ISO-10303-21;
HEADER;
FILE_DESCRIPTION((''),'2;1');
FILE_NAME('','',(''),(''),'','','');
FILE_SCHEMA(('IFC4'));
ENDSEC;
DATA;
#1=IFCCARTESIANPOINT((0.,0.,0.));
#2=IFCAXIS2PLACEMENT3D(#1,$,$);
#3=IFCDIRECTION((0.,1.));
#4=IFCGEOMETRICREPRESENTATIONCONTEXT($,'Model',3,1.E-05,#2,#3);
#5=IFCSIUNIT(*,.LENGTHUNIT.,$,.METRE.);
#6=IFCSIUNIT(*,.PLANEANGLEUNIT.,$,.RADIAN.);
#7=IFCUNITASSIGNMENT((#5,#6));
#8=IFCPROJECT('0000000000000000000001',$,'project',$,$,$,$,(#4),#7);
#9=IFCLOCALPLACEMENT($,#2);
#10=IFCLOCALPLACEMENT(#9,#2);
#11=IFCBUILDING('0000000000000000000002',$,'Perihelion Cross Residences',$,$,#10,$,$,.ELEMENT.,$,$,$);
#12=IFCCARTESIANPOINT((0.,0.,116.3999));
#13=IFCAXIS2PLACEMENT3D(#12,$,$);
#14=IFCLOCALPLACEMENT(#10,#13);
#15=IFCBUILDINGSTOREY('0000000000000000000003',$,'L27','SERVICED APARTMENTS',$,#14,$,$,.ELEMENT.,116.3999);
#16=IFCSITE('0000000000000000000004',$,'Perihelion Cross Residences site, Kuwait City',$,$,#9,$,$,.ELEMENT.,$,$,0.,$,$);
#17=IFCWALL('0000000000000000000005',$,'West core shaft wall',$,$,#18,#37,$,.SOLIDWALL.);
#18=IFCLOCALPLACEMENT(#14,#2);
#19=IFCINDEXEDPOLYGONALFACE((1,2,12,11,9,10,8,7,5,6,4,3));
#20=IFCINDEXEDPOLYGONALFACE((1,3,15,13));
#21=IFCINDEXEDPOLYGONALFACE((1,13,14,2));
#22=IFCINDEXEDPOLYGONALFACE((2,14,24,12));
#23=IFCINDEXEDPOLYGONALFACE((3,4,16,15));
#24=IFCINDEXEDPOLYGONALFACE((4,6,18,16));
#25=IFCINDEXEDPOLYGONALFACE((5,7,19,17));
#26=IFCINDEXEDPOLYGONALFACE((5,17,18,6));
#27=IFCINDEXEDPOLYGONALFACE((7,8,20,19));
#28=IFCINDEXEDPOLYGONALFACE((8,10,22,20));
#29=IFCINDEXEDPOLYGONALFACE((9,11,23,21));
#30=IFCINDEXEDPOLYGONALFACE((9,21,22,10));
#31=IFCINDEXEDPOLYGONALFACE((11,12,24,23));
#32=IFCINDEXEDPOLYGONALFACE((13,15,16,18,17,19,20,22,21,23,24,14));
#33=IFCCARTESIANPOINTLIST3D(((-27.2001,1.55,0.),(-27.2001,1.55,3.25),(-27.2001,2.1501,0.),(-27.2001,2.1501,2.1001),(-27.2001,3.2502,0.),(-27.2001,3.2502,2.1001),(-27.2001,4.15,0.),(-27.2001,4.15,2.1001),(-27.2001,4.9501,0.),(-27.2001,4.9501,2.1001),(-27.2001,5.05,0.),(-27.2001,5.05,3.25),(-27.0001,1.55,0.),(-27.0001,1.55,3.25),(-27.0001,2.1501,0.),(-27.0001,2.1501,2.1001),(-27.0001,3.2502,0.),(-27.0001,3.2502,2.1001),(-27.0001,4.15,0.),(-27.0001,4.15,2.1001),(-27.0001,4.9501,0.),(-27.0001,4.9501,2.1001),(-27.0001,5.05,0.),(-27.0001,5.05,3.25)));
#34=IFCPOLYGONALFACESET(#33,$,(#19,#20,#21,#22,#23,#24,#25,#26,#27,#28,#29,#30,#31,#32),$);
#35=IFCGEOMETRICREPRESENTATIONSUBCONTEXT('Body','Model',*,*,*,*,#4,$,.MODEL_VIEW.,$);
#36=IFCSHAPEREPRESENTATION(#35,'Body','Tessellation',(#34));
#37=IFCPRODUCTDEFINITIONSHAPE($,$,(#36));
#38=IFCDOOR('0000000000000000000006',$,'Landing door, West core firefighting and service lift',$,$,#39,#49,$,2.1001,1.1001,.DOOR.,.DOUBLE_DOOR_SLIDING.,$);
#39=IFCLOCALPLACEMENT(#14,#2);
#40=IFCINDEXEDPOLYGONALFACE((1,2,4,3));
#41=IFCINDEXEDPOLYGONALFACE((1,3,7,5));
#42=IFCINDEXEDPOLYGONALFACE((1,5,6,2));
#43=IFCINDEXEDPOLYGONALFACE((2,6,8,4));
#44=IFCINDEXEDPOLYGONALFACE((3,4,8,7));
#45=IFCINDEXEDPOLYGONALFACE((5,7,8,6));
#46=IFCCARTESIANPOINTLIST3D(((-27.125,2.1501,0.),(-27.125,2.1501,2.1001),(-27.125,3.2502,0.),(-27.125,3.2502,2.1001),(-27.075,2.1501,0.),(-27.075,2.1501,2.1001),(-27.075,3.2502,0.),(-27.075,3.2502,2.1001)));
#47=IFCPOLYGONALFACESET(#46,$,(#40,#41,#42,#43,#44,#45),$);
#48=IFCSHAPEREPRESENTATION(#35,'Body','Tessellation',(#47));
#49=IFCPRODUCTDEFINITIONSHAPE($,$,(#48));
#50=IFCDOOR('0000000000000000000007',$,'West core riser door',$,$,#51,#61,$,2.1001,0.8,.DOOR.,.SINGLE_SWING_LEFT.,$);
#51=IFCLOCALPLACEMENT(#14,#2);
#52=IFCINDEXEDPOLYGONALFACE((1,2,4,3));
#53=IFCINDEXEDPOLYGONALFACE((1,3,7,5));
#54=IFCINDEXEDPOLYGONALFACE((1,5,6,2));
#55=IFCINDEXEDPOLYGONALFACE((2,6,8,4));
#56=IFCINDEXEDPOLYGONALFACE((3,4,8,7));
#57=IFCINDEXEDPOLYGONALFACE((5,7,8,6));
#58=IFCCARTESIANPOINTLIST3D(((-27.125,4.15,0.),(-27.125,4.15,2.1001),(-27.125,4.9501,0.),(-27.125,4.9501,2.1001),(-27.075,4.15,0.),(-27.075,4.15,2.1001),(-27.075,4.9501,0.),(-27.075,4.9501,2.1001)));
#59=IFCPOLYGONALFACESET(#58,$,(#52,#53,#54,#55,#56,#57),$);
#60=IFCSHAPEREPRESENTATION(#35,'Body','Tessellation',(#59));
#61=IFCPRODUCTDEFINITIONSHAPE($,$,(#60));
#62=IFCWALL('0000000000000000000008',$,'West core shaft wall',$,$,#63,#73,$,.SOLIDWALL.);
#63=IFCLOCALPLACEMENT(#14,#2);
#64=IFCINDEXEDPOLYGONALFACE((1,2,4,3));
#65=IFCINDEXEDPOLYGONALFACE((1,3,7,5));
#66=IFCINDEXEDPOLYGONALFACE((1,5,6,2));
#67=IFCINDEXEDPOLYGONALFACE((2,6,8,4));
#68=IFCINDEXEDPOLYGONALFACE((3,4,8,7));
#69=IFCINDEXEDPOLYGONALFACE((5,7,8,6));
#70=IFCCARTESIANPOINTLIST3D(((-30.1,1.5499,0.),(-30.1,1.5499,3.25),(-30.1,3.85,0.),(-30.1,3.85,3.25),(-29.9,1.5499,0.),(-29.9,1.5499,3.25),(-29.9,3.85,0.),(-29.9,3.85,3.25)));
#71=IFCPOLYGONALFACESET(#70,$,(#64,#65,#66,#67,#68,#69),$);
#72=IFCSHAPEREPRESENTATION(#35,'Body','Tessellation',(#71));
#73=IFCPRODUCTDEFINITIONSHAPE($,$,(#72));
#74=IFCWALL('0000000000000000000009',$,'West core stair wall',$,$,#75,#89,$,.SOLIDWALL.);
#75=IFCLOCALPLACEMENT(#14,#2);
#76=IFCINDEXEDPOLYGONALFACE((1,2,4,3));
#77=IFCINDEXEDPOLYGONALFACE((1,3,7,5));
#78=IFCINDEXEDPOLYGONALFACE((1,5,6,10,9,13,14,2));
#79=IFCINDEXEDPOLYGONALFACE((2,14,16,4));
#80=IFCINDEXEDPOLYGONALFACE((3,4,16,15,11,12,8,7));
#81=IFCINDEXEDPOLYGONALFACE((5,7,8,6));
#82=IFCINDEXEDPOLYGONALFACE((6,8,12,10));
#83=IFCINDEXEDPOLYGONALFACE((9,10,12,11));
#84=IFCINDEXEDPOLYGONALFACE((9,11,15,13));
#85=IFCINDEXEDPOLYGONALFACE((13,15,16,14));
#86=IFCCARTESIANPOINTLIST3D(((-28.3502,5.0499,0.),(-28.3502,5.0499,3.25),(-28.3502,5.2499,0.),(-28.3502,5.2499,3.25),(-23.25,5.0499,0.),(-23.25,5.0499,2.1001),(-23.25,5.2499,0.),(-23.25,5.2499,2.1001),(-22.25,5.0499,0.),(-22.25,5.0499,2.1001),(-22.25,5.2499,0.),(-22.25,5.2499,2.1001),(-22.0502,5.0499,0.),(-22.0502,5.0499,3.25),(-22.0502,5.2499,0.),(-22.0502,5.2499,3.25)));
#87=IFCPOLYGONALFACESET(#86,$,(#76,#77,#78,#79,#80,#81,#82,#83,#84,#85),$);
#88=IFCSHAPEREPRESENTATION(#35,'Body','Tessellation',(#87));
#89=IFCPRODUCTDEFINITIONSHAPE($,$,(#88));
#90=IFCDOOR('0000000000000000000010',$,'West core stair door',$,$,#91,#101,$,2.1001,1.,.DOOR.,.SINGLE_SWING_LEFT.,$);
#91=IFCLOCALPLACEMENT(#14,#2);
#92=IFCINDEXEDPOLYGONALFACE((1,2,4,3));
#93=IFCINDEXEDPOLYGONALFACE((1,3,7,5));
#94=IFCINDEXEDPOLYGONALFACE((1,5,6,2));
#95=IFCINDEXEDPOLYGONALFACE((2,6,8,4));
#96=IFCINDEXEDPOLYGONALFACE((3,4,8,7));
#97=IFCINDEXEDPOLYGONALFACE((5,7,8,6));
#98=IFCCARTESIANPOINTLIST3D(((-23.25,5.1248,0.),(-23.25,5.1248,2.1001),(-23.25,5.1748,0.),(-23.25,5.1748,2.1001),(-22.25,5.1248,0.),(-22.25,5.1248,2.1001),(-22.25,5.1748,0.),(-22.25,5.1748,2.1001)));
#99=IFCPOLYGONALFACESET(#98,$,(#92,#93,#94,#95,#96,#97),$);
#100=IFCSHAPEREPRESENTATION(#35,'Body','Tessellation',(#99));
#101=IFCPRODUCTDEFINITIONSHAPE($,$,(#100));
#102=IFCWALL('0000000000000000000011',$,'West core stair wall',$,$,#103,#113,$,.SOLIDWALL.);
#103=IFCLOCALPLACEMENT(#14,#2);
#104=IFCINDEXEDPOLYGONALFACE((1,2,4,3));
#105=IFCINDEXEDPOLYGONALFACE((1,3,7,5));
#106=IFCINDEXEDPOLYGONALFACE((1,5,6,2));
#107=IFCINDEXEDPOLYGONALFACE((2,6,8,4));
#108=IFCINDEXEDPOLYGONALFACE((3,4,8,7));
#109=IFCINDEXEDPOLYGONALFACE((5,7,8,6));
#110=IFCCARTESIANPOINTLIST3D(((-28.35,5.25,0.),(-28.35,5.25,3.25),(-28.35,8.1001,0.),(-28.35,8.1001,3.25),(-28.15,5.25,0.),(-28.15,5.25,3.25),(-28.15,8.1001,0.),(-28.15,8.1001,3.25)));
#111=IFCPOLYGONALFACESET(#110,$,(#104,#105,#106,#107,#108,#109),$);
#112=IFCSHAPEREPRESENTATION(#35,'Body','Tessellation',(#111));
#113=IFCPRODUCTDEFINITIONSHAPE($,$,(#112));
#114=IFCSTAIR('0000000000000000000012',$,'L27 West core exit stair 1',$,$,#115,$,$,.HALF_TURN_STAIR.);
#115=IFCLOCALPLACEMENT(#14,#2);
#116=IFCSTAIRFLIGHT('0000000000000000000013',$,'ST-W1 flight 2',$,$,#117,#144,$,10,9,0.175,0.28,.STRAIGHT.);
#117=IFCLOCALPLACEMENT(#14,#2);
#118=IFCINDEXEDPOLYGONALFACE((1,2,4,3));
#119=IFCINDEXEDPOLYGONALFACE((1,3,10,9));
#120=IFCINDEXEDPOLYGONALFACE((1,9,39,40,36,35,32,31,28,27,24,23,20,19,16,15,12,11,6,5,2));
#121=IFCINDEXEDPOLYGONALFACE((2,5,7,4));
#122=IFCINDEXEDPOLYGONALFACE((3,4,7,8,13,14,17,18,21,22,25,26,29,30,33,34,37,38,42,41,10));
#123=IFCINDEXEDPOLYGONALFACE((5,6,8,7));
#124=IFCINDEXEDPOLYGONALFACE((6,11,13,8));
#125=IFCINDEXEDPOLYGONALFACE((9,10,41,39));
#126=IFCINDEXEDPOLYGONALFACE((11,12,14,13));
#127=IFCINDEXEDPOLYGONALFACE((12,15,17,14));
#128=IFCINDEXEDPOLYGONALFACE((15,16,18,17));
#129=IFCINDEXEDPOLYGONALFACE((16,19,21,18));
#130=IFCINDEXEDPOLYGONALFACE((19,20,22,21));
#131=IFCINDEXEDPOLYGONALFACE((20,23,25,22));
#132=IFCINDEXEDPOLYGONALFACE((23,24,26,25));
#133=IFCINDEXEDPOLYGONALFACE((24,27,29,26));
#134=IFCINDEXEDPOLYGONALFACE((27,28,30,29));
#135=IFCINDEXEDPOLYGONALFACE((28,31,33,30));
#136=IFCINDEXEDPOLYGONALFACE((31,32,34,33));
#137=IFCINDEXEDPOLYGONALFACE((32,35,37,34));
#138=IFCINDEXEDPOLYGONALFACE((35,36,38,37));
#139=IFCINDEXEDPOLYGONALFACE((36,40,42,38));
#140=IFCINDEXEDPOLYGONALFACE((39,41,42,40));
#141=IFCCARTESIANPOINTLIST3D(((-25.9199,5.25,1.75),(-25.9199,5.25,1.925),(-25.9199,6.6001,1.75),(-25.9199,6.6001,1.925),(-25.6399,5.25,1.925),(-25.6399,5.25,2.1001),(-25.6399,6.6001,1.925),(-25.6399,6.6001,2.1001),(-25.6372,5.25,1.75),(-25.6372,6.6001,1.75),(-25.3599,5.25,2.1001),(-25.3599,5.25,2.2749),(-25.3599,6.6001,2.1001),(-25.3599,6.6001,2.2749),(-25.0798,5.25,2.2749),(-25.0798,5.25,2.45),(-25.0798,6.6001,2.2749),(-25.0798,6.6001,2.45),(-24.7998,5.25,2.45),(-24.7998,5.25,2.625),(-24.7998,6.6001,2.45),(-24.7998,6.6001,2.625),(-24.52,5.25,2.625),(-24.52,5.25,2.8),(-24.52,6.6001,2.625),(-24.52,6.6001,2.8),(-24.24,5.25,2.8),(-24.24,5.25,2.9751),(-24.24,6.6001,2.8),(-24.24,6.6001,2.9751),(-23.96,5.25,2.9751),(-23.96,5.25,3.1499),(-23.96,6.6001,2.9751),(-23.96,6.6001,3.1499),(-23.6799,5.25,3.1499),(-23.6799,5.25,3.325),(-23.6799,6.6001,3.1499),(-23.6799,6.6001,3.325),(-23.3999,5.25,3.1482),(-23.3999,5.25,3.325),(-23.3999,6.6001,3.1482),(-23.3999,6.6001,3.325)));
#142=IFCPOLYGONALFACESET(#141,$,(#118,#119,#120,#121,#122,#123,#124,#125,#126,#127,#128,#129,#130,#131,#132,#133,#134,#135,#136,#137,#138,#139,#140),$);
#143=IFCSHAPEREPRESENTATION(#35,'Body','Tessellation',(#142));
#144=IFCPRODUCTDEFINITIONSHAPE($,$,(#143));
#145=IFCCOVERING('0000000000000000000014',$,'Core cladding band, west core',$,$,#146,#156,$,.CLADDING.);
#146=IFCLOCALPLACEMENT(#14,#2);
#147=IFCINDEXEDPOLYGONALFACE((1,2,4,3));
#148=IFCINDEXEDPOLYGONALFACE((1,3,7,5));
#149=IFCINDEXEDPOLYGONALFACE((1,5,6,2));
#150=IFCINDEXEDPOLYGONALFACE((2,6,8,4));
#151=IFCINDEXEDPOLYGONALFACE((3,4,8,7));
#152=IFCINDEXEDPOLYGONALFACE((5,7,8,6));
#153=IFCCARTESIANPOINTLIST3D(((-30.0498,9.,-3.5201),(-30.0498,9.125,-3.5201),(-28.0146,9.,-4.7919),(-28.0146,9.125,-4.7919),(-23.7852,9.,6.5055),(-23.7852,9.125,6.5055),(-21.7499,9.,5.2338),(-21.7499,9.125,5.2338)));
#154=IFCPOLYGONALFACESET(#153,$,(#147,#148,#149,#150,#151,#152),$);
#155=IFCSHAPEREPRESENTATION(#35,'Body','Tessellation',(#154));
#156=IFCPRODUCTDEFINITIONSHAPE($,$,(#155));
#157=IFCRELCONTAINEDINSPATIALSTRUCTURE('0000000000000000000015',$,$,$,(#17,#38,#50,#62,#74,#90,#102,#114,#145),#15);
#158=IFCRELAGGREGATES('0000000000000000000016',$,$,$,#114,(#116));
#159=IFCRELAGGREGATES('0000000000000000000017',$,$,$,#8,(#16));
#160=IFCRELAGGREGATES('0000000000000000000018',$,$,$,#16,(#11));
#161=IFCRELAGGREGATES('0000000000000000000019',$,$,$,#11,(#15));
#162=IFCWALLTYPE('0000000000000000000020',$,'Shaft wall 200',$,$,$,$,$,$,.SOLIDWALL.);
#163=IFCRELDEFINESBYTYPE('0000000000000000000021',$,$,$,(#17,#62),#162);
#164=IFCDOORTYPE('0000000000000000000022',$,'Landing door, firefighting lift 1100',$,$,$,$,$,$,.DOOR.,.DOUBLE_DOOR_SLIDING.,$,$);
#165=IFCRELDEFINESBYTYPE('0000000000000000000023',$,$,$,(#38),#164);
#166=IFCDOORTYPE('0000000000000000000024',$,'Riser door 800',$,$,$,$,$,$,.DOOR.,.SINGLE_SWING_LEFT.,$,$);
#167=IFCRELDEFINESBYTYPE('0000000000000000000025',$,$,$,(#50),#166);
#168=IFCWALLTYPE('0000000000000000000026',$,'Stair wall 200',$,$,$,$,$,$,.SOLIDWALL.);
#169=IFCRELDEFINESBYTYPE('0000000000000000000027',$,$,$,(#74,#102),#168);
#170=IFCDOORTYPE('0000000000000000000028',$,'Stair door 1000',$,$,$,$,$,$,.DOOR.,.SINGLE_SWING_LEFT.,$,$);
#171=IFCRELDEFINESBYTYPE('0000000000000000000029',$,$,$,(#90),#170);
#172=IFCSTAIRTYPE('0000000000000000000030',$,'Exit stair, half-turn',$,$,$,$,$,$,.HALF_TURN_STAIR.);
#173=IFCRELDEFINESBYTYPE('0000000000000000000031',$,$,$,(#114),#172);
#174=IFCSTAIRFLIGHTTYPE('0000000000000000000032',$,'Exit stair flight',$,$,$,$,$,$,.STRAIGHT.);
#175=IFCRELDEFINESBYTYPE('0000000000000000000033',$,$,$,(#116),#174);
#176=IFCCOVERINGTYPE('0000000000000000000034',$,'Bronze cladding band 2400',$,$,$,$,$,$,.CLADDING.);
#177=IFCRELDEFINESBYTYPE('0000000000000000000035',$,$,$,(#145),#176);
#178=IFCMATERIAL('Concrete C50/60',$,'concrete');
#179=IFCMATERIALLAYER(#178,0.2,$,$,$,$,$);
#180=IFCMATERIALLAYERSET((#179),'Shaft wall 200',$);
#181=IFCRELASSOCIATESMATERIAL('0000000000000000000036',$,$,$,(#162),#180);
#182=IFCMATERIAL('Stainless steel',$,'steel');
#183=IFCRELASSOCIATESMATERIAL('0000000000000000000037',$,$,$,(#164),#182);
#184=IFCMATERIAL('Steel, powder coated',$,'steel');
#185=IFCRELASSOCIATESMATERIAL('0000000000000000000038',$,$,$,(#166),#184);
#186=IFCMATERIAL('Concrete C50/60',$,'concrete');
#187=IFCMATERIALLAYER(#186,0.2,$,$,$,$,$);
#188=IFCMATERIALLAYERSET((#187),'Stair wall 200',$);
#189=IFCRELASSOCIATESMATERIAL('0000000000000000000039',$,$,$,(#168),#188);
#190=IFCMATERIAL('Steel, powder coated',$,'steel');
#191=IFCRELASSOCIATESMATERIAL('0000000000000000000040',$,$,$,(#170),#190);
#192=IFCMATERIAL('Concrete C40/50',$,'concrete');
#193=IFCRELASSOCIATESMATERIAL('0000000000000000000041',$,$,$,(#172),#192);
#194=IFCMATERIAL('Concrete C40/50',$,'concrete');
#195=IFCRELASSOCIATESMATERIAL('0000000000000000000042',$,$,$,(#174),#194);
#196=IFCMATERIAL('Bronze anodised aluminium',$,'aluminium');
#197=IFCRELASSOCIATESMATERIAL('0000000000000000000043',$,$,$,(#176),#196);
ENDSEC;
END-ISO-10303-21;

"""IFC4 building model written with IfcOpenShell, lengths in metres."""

from ifc_helpers import new_model, si_unit, direction, frame, frame_2d, origin, origin_2d, place, context, subcontext, project, spatial, polyline, rectangle, outline, extrude, material, layer, layer_set, material_profile, profile_set, type_object, element, fill, aggregate, save


model = new_model("IFC4")

# Units and contexts
model_context = context("Model", 3, precision=1e-05, world=origin(), true_north=direction((0.0, 1.0)))
body_context = subcontext(model_context, "Body", "Model", "MODEL_VIEW")
ifc_project = project(units=[si_unit("LENGTHUNIT", "METRE"), si_unit("PLANEANGLEUNIT", "RADIAN")], contexts=[model_context])

# Site, building, storey
site_placement = place(None, origin())
site = spatial("IfcSite", under=ifc_project, at=site_placement, Name="Perihelion Cross Residences site, Kuwait City", CompositionType="ELEMENT", RefElevation=0.0)
building_placement = place(site_placement, origin())
building = spatial("IfcBuilding", under=site, at=building_placement, Name="Perihelion Cross Residences", CompositionType="ELEMENT")
storey_placement = place(building_placement, frame((0.0, 0.0, 116.3999)))
storey = spatial("IfcBuildingStorey", under=building, at=storey_placement, Name="L27", Description="SERVICED APARTMENTS", CompositionType="ELEMENT", Elevation=116.3999)

# Shared definitions
ifc_material_1 = material(Name="Concrete C50/60", Category="concrete")
ifc_layer_1 = layer(ifc_material_1, 0.2)
ifc_layer_set_1 = layer_set([ifc_layer_1], Name="Shaft wall 200")
wall_type_1 = type_object("IfcWallType", Name="Shaft wall 200", PredefinedType="SOLIDWALL", material=ifc_layer_set_1)

# Wall, openings, doors
wall_1_placement = place(storey_placement, frame((-27.1001, 1.55, 0.0), z_axis=(0.0, 0.0, 1.0), x_axis=(0.0, 1.0, 0.0)))
wall_1 = element("IfcWall", 1, at=wall_1_placement, inside=storey, type_object=wall_type_1, Name="West core shaft wall", PredefinedType="SOLIDWALL", context=body_context, shape_type="SweptSolid", body=[
    extrude(rectangle(XDim=3.5, YDim=0.2, at=frame_2d((1.75, 0.0))), origin(), (0.0, 0.0, 1.0), 3.25),
])
opening_1_placement = place(wall_1_placement, frame((0.6001, 0.0, 0.0)))
opening_1 = element("IfcOpeningElement", 2, at=opening_1_placement, cuts=wall_1, PredefinedType="OPENING", context=body_context, shape_type="SweptSolid", body=[
    extrude(rectangle(XDim=1.1001, YDim=2.1001, at=frame_2d((0.55, 1.05))), frame((0.0, 0.1099, 0.0), z_axis=(0.0, -1.0, 0.0), x_axis=(1.0, 0.0, 0.0)), (0.0, 0.0, 1.0), 0.22),
])
opening_2_placement = place(wall_1_placement, frame((2.6001, 0.0, 0.0)))
opening_2 = element("IfcOpeningElement", 3, at=opening_2_placement, cuts=wall_1, PredefinedType="OPENING", context=body_context, shape_type="SweptSolid", body=[
    extrude(rectangle(XDim=0.8, YDim=2.1001, at=frame_2d((0.3999, 1.05))), frame((0.0, 0.1099, 0.0), z_axis=(0.0, -1.0, 0.0), x_axis=(1.0, 0.0, 0.0)), (0.0, 0.0, 1.0), 0.22),
])
ifc_material_2 = material(Name="Stainless steel", Category="steel")
door_type_1 = type_object("IfcDoorType", Name="Landing door, firefighting lift 1100", OperationType="DOUBLE_DOOR_SLIDING", PredefinedType="DOOR", material=ifc_material_2)
door_1_placement = place(opening_1_placement, origin())
door_1 = element("IfcDoor", 4, at=door_1_placement, inside=storey, type_object=door_type_1, Name="Landing door, West core firefighting and service lift", OperationType="DOUBLE_DOOR_SLIDING", OverallHeight=2.1001, OverallWidth=1.1001, PredefinedType="DOOR", context=body_context, shape_type="SweptSolid", body=[
    extrude(rectangle(XDim=1.1001, YDim=2.1001, at=frame_2d((0.55, 1.05))), frame((0.0, 0.0249, 0.0), z_axis=(0.0, -1.0, 0.0), x_axis=(1.0, 0.0, 0.0)), (0.0, 0.0, 1.0), 0.05),
])
fill(opening_1, door_1)
ifc_material_3 = material(Name="Steel, powder coated", Category="steel")
door_type_2 = type_object("IfcDoorType", Name="Riser door 800", OperationType="SINGLE_SWING_LEFT", PredefinedType="DOOR", material=ifc_material_3)
door_2_placement = place(opening_2_placement, origin())
door_2 = element("IfcDoor", 5, at=door_2_placement, inside=storey, type_object=door_type_2, Name="West core riser door", OperationType="SINGLE_SWING_LEFT", OverallHeight=2.1001, OverallWidth=0.8, PredefinedType="DOOR", context=body_context, shape_type="SweptSolid", body=[
    extrude(rectangle(XDim=0.8, YDim=2.1001, at=frame_2d((0.3999, 1.05))), frame((0.0, 0.0249, 0.0), z_axis=(0.0, -1.0, 0.0), x_axis=(1.0, 0.0, 0.0)), (0.0, 0.0, 1.0), 0.05),
])
fill(opening_2, door_2)

# Wall
wall_2_placement = place(storey_placement, frame((-30.0, 1.55, 0.0), z_axis=(0.0, 0.0, 1.0), x_axis=(0.0, 1.0, 0.0)))
element("IfcWall", 6, at=wall_2_placement, inside=storey, type_object=wall_type_1, Name="West core shaft wall", PredefinedType="SOLIDWALL", context=body_context, shape_type="SweptSolid", body=[
    extrude(rectangle(XDim=2.3, YDim=0.2, at=frame_2d((1.1499, 0.0))), origin(), (0.0, 0.0, 1.0), 3.25),
])

# Wall, opening, door
ifc_material_4 = material(Name="Concrete C50/60", Category="concrete")
ifc_layer_2 = layer(ifc_material_4, 0.2)
ifc_layer_set_2 = layer_set([ifc_layer_2], Name="Stair wall 200")
wall_type_2 = type_object("IfcWallType", Name="Stair wall 200", PredefinedType="SOLIDWALL", material=ifc_layer_set_2)
wall_3_placement = place(storey_placement, frame((-28.3501, 5.1499, 0.0), z_axis=(0.0, 0.0, 1.0), x_axis=(1.0, 0.0, 0.0)))
wall_3 = element("IfcWall", 7, at=wall_3_placement, inside=storey, type_object=wall_type_2, Name="West core stair wall", PredefinedType="SOLIDWALL", context=body_context, shape_type="SweptSolid", body=[
    extrude(rectangle(XDim=6.3, YDim=0.2, at=frame_2d((3.1499, 0.0))), origin(), (0.0, 0.0, 1.0), 3.25),
])
opening_3_placement = place(wall_3_placement, frame((5.1001, 0.0, 0.0)))
opening_3 = element("IfcOpeningElement", 8, at=opening_3_placement, cuts=wall_3, PredefinedType="OPENING", context=body_context, shape_type="SweptSolid", body=[
    extrude(rectangle(XDim=1.0, YDim=2.1001, at=frame_2d((0.5, 1.05))), frame((0.0, 0.1099, 0.0), z_axis=(0.0, -1.0, 0.0), x_axis=(1.0, 0.0, 0.0)), (0.0, 0.0, 1.0), 0.22),
])
ifc_material_5 = material(Name="Steel, powder coated", Category="steel")
door_type_3 = type_object("IfcDoorType", Name="Stair door 1000", OperationType="SINGLE_SWING_LEFT", PredefinedType="DOOR", material=ifc_material_5)
door_3_placement = place(opening_3_placement, origin())
door_3 = element("IfcDoor", 9, at=door_3_placement, inside=storey, type_object=door_type_3, Name="West core stair door", OperationType="SINGLE_SWING_LEFT", OverallHeight=2.1001, OverallWidth=1.0, PredefinedType="DOOR", context=body_context, shape_type="SweptSolid", body=[
    extrude(rectangle(XDim=1.0, YDim=2.1001, at=frame_2d((0.5, 1.05))), frame((0.0, 0.0249, 0.0), z_axis=(0.0, -1.0, 0.0), x_axis=(1.0, 0.0, 0.0)), (0.0, 0.0, 1.0), 0.05),
])
fill(opening_3, door_3)

# Wall
wall_4_placement = place(storey_placement, frame((-28.25, 5.25, 0.0), z_axis=(0.0, 0.0, 1.0), x_axis=(0.0, 1.0, 0.0)))
element("IfcWall", 10, at=wall_4_placement, inside=storey, type_object=wall_type_2, Name="West core stair wall", PredefinedType="SOLIDWALL", context=body_context, shape_type="SweptSolid", body=[
    extrude(rectangle(XDim=2.8501, YDim=0.2, at=frame_2d((1.425, 0.0))), origin(), (0.0, 0.0, 1.0), 3.25),
])

# Stair, stair flight
ifc_material_6 = material(Name="Concrete C40/50", Category="concrete")
stair_type = type_object("IfcStairType", Name="Exit stair, half-turn", PredefinedType="HALF_TURN_STAIR", material=ifc_material_6)
stair_placement = place(storey_placement, origin())
stair = element("IfcStair", 11, at=stair_placement, inside=storey, type_object=stair_type, Name="L27 West core exit stair 1", PredefinedType="HALF_TURN_STAIR")
ifc_material_7 = material(Name="Concrete C40/50", Category="concrete")
stair_flight_type = type_object("IfcStairFlightType", Name="Exit stair flight", PredefinedType="STRAIGHT", material=ifc_material_7)
stair_flight_placement = place(storey_placement, frame((-25.9199, 5.925, 1.75), z_axis=(0.0, 0.0, 1.0), x_axis=(1.0, 0.0, 0.0)))
stair_flight = element("IfcStairFlight", 12, at=stair_flight_placement, type_object=stair_flight_type, Name="ST-W1 flight 2", NumberOfRisers=10, NumberOfTreads=9, PredefinedType="STRAIGHT", RiserHeight=0.175, TreadLength=0.28, context=body_context, shape_type="SweptSolid", body=[
    extrude(outline(polyline([(0.0, 0.0), (0.0, 0.175), (0.28, 0.175), (0.28, 0.3501), (0.5601, 0.3501), (0.5601, 0.5249), (0.8401, 0.5249), (0.8401, 0.7), (1.1201, 0.7), (1.1201, 0.875), (1.3999, 0.875), (1.3999, 1.05), (1.6799, 1.05), (1.6799, 1.2251), (1.96, 1.2251), (1.96, 1.3999), (2.24, 1.3999), (2.24, 1.575), (2.52, 1.575), (2.52, 1.75), (2.52, 1.3982), (0.2827, 0.0), (0.0, 0.0)])), frame((0.0, 0.675, 0.0), z_axis=(0.0, -1.0, 0.0), x_axis=(1.0, 0.0, 0.0)), (0.0, 0.0, 1.0), 1.3501),
])
aggregate(stair, [stair_flight])

# Covering
ifc_material_8 = material(Name="Bronze anodised aluminium", Category="aluminium")
ifc_material_profile = material_profile(ifc_material_8, rectangle(XDim=0.125, YDim=2.3999, at=origin_2d()), Name="Bronze cladding band 2400")
ifc_profile_set = profile_set([ifc_material_profile], Name="Bronze anodised aluminium")
covering_type = type_object("IfcCoveringType", Name="Bronze cladding band 2400", PredefinedType="CLADDING", material=ifc_profile_set)
covering_placement = place(storey_placement, frame((-29.0322, 9.0625, -4.156), z_axis=(0.529915, 0.0, 0.848051), x_axis=(0.0, 1.0, 0.0)))
element("IfcCovering", 13, at=covering_placement, inside=storey, type_object=covering_type, Name="Core cladding band, west core", PredefinedType="CLADDING", context=body_context, shape_type="SweptSolid", body=[
    extrude(rectangle(XDim=0.125, YDim=2.3999, at=origin_2d()), origin(), (0.0, 0.0, 1.0), 11.822),
])

save(model, "model.ifc")
